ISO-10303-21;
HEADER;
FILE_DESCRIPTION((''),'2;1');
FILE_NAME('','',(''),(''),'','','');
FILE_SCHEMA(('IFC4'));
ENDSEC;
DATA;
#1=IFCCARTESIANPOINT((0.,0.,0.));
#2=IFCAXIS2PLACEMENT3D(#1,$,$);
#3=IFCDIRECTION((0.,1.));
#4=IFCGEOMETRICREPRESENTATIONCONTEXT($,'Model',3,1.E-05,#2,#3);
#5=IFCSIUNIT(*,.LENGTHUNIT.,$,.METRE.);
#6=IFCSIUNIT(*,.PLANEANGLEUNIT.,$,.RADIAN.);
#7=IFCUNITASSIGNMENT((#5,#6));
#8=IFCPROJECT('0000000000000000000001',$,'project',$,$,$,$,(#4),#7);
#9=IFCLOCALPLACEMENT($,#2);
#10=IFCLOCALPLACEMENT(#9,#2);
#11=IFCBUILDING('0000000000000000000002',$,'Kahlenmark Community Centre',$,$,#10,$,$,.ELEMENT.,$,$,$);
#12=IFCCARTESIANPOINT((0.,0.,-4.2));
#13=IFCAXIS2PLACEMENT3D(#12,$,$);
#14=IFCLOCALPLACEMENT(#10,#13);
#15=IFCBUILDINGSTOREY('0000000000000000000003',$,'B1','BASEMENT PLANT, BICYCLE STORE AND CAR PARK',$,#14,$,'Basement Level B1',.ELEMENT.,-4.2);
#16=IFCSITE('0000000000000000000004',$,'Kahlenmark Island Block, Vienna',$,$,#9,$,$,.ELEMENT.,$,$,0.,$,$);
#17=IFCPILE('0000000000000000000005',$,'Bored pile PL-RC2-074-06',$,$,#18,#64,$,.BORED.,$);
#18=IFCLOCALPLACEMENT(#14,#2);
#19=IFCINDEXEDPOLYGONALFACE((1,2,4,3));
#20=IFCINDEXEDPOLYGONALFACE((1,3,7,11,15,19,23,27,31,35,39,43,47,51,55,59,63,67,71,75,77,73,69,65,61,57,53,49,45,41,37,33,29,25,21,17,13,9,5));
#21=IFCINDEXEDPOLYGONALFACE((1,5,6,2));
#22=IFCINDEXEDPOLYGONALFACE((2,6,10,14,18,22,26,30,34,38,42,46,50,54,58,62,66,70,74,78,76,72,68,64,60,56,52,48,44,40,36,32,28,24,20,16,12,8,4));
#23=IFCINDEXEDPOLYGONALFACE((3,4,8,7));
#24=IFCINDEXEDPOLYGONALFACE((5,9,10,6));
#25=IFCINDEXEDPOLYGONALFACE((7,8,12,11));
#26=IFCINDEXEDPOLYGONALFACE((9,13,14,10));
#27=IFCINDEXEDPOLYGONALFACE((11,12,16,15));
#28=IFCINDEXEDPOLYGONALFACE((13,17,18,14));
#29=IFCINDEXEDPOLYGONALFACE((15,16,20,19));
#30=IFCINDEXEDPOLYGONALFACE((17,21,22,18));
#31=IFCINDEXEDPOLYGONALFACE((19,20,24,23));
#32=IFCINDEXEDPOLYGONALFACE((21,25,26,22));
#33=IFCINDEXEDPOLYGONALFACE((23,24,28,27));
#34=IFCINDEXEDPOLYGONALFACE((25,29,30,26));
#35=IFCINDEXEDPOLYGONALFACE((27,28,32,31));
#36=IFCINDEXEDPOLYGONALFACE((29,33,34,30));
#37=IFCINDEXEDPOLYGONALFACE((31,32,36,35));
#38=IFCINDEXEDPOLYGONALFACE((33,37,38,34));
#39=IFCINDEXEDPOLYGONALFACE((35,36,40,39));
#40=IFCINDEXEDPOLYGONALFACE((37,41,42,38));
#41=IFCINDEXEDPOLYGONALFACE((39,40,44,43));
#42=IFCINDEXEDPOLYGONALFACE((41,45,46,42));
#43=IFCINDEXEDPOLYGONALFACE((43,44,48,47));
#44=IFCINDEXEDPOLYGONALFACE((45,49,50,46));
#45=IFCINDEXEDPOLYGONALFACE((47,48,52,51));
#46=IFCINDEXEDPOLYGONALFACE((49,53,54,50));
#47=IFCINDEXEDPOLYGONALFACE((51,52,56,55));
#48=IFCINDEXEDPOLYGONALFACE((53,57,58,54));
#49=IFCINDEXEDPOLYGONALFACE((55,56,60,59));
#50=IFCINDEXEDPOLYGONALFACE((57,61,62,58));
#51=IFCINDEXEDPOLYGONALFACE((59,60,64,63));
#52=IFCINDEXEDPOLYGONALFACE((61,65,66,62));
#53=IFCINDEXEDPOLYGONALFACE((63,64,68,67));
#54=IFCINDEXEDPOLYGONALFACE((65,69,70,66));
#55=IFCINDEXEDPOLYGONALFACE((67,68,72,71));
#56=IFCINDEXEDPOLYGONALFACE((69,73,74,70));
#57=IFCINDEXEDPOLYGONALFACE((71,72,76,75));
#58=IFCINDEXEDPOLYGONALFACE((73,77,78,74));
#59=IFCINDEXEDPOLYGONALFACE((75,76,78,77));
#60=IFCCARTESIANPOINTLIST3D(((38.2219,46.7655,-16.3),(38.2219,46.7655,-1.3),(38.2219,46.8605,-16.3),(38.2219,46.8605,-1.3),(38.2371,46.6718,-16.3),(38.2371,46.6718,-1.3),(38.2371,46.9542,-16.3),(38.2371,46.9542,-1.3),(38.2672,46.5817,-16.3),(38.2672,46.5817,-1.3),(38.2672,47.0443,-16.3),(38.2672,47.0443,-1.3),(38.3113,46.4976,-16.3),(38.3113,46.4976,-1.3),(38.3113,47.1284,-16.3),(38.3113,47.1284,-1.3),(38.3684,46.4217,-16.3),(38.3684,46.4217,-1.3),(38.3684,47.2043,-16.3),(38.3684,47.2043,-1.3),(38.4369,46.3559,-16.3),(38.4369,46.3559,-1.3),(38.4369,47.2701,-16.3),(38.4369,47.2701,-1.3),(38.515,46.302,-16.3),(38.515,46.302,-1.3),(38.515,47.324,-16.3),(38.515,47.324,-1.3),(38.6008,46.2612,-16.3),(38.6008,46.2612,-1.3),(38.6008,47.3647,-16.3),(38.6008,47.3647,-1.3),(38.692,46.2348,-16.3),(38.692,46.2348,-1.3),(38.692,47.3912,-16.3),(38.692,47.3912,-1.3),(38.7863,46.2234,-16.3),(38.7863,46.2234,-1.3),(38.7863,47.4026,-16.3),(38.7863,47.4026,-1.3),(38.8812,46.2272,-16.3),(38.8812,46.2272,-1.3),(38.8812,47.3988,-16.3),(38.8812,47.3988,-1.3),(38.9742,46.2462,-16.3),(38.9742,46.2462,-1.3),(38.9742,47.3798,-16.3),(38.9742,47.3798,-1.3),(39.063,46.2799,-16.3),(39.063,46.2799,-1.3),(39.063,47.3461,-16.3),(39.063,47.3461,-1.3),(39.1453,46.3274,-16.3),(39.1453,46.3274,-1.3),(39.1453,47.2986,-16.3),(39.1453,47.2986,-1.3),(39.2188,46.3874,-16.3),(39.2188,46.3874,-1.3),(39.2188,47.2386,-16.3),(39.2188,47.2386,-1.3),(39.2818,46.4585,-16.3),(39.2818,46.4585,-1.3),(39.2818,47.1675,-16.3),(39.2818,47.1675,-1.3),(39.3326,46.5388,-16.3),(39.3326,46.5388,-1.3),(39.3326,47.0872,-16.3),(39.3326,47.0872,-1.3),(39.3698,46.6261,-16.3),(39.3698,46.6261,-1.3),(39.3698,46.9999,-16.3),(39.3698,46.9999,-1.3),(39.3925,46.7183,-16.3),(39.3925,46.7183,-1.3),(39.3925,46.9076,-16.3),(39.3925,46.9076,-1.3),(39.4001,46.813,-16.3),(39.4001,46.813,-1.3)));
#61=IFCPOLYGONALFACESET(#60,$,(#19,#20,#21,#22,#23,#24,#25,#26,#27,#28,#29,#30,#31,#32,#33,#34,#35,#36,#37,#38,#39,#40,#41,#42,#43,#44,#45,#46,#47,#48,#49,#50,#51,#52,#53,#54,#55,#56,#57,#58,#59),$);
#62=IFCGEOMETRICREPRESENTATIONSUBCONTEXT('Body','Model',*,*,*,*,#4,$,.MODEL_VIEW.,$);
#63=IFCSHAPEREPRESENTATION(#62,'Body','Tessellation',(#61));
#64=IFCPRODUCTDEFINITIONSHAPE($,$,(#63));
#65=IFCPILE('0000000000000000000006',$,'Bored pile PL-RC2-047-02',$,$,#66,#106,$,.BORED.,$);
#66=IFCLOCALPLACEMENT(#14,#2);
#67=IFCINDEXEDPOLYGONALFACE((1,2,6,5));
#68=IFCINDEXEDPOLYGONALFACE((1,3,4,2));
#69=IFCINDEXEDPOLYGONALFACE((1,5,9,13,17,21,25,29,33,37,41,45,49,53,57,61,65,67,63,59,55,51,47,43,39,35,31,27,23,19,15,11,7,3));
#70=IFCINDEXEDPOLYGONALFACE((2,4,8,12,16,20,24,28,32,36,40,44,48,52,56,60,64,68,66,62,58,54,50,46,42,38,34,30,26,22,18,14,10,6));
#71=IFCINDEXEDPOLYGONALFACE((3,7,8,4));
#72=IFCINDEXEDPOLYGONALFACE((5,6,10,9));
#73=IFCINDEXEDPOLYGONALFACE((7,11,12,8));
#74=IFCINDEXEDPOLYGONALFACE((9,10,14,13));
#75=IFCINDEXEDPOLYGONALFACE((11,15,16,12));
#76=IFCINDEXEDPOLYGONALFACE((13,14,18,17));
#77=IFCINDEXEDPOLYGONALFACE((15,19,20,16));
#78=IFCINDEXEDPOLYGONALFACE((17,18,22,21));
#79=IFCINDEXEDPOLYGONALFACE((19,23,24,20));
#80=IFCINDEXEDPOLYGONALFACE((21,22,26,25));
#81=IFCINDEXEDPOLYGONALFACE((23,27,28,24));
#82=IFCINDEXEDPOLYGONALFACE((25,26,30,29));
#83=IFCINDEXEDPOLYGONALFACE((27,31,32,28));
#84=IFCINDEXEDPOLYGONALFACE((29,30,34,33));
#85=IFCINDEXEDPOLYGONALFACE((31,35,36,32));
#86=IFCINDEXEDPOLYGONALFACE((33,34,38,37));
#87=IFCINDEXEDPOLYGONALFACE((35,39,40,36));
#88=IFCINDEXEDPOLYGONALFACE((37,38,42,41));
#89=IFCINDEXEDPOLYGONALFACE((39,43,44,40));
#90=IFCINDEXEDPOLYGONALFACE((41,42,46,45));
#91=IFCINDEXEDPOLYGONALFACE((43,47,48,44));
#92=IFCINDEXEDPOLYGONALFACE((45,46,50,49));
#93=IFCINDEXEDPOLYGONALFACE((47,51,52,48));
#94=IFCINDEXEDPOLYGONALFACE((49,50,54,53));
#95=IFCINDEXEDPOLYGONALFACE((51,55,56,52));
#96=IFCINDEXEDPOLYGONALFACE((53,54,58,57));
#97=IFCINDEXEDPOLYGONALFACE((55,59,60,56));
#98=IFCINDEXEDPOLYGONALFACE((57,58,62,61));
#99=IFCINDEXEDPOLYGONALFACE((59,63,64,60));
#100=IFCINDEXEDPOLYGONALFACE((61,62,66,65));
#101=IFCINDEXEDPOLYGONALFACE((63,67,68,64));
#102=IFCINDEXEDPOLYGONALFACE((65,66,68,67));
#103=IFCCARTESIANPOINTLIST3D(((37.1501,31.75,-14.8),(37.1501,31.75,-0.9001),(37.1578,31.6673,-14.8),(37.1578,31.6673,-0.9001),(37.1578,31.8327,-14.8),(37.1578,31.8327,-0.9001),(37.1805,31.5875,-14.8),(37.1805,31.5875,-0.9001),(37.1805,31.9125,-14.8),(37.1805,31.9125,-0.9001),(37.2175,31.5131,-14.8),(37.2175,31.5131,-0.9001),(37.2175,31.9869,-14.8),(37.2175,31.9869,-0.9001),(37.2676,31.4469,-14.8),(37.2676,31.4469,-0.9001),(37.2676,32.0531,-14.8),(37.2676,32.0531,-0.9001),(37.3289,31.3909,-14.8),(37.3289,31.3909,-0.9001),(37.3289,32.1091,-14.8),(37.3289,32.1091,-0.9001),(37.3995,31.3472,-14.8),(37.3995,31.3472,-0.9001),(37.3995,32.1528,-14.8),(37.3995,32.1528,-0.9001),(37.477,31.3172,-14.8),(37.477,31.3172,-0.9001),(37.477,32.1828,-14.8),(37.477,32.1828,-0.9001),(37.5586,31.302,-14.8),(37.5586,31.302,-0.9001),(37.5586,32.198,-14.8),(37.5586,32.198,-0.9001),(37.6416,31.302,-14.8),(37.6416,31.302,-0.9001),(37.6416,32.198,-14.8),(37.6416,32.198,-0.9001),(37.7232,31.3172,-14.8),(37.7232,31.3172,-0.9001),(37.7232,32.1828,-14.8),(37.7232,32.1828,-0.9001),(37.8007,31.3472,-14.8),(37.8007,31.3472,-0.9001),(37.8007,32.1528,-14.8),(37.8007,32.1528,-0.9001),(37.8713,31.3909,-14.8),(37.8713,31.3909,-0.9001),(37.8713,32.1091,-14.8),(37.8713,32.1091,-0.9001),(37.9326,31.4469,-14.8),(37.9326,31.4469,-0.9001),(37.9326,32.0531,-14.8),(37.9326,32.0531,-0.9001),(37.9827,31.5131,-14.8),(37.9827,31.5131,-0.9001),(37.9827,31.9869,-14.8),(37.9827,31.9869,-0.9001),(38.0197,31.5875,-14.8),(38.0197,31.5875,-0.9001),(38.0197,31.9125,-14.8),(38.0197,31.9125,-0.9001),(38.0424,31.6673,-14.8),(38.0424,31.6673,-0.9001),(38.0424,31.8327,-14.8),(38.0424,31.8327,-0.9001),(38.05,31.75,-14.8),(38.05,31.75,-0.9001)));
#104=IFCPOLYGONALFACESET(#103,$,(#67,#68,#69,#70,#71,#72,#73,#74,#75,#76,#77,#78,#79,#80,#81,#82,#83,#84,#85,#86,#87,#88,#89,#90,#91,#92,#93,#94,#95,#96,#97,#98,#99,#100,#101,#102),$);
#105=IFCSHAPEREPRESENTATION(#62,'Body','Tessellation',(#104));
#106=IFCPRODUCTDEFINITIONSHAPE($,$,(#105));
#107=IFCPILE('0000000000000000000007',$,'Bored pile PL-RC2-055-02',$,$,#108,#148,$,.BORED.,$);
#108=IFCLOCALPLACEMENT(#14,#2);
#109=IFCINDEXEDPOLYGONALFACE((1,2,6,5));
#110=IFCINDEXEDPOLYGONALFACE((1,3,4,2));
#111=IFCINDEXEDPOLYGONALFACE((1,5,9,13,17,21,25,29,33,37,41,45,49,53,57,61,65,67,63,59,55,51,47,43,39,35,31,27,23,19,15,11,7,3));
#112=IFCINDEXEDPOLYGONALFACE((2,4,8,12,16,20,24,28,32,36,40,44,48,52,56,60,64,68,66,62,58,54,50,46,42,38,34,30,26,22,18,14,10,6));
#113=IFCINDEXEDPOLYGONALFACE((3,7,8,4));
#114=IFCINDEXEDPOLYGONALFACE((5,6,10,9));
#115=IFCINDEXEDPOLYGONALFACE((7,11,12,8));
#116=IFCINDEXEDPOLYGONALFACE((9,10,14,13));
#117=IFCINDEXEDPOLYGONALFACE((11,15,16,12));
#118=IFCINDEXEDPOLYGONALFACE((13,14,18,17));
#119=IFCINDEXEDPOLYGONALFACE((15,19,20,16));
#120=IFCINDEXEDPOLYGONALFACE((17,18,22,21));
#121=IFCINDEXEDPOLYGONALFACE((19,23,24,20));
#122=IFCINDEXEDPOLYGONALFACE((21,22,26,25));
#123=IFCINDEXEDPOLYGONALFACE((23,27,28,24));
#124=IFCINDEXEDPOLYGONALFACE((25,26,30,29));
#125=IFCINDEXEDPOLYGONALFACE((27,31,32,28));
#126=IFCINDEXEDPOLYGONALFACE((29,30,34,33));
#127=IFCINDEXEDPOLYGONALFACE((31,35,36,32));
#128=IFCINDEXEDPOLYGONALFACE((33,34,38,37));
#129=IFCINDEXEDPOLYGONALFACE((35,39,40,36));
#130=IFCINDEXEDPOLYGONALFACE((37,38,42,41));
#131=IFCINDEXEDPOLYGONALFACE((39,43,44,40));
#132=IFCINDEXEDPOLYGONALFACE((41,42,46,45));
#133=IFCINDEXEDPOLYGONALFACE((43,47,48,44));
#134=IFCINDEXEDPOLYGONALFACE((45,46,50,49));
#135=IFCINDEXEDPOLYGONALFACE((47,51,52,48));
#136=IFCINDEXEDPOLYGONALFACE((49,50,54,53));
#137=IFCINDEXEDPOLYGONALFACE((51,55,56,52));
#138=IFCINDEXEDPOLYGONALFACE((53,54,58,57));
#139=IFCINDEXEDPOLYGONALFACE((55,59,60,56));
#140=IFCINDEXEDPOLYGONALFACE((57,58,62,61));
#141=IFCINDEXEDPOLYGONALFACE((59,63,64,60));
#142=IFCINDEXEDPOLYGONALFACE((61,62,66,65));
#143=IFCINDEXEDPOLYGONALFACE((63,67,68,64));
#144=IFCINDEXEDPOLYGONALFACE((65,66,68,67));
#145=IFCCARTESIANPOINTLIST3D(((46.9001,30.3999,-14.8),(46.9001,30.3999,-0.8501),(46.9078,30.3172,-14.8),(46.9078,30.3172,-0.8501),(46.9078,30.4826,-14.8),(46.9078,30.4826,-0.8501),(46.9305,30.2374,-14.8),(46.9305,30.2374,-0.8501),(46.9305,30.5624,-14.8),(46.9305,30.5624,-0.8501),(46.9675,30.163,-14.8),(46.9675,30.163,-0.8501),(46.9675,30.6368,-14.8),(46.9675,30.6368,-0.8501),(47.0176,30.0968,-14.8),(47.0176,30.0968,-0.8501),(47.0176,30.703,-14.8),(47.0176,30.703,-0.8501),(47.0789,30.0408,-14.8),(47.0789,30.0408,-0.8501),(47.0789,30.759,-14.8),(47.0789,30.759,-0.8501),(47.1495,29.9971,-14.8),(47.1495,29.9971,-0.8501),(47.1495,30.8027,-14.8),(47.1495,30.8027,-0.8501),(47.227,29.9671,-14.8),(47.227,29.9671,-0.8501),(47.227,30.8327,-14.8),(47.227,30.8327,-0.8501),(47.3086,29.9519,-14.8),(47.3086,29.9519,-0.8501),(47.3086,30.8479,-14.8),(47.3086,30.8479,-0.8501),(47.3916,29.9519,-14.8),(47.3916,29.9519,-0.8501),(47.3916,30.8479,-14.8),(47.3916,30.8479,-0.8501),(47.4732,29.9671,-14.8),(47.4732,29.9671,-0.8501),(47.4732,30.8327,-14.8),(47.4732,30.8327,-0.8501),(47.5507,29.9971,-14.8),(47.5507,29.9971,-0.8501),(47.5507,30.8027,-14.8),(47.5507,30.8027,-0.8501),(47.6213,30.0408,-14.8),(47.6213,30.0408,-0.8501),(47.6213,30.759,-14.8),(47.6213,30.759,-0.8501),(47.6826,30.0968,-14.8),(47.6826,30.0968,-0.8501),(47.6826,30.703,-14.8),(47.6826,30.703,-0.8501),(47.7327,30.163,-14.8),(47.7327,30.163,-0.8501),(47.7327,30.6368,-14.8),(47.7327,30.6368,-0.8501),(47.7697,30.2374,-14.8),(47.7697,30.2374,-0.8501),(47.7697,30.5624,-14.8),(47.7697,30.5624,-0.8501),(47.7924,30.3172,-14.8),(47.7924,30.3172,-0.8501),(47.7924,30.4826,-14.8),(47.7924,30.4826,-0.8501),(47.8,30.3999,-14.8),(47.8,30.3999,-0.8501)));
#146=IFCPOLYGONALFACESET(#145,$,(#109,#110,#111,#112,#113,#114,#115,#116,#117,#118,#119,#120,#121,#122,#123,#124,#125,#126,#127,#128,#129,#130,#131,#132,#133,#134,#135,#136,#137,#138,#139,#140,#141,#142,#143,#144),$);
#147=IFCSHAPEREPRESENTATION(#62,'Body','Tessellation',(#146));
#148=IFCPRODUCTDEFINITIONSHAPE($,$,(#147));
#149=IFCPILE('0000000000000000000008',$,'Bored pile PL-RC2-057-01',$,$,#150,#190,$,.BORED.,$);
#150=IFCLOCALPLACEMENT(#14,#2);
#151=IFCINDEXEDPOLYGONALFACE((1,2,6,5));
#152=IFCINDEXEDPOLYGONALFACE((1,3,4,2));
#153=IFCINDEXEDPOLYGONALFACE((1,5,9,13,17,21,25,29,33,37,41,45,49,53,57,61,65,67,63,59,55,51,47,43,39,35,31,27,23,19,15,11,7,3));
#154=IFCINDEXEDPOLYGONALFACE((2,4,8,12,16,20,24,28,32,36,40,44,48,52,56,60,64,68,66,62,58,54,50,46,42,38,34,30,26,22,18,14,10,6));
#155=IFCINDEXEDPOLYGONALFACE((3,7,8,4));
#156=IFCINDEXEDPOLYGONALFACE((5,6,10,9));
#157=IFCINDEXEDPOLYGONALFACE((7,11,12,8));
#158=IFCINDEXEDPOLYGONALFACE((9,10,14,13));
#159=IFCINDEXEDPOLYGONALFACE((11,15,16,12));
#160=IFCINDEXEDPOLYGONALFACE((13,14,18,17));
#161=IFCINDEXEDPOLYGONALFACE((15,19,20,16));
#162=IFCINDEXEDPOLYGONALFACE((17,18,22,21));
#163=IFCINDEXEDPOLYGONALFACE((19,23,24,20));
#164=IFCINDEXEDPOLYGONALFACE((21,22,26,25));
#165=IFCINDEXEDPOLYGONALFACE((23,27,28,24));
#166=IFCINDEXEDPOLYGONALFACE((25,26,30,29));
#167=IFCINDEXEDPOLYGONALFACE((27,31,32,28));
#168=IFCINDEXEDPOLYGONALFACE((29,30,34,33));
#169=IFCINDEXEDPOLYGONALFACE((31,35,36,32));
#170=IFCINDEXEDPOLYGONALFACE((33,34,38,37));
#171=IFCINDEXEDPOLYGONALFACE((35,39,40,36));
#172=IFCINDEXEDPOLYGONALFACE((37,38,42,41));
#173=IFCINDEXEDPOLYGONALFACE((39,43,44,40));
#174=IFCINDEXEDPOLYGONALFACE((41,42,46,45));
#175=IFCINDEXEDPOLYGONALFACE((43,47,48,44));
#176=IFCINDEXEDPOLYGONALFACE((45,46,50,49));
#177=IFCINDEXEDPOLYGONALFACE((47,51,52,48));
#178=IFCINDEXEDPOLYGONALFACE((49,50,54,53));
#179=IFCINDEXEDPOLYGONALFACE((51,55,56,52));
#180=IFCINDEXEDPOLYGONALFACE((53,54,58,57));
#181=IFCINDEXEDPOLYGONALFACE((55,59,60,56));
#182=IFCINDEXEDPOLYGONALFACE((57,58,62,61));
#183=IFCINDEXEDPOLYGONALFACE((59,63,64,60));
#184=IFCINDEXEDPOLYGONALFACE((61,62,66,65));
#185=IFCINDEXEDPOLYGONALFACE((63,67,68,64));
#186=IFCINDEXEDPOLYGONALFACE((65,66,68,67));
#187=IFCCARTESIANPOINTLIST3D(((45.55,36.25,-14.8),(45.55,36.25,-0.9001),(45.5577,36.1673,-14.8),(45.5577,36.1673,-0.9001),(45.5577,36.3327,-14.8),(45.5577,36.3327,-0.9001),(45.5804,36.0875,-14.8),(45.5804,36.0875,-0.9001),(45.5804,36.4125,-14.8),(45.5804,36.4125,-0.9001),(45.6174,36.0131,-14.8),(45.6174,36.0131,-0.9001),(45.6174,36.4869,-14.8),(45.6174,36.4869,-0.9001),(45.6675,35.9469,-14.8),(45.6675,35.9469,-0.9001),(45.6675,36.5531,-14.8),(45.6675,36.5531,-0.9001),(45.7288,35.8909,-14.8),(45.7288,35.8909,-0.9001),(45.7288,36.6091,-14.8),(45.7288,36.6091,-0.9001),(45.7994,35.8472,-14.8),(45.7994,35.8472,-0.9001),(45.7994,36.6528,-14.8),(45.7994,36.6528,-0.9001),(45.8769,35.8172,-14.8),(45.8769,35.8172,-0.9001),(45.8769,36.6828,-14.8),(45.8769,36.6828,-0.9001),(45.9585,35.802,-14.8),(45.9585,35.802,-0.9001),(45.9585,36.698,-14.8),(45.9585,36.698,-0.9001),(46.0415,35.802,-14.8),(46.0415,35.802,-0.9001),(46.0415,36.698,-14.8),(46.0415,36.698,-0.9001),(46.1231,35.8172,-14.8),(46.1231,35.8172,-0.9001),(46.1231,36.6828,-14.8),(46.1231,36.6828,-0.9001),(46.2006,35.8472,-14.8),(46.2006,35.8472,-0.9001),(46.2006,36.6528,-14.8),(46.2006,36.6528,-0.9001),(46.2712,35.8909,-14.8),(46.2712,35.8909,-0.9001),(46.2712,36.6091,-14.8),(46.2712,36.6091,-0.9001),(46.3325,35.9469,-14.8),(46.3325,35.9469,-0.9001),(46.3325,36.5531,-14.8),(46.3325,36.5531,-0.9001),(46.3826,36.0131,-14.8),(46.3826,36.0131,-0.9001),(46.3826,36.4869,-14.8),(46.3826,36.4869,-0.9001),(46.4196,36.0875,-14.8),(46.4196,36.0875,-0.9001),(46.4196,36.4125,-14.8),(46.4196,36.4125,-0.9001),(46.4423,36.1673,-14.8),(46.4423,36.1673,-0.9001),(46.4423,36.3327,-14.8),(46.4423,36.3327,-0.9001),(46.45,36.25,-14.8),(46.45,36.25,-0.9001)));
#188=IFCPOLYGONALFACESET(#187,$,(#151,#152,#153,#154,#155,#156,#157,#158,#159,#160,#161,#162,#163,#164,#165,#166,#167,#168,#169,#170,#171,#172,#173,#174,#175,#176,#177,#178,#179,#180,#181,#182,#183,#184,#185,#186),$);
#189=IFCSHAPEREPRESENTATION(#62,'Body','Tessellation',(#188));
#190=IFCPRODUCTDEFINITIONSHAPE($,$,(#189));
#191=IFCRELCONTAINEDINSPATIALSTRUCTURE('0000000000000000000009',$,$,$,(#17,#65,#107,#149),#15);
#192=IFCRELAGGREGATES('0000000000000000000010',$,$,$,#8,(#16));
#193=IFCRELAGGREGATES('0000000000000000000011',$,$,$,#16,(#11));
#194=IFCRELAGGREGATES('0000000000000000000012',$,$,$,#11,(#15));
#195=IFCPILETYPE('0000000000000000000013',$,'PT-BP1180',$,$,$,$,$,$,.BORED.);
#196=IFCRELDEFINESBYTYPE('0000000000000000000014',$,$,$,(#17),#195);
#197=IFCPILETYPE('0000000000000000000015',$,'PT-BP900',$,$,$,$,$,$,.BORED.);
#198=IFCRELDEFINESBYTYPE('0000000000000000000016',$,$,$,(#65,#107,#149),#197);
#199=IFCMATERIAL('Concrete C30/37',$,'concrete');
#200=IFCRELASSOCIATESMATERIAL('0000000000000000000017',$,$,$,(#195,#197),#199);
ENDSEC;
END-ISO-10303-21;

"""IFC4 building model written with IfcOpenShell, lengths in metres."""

from ifc_helpers import new_model, si_unit, direction, frame, origin, origin_2d, place, context, subcontext, project, spatial, circle, extrude, material, material_profile, profile_set, type_object, element, save


model = new_model("IFC4")

# Units and contexts
model_context = context("Model", 3, precision=1e-05, world=origin(), true_north=direction((0.0, 1.0)))
body_context = subcontext(model_context, "Body", "Model", "MODEL_VIEW")
ifc_project = project(units=[si_unit("LENGTHUNIT", "METRE"), si_unit("PLANEANGLEUNIT", "RADIAN")], contexts=[model_context])

# Site, building, storey
site_placement = place(None, origin())
site = spatial("IfcSite", under=ifc_project, at=site_placement, Name="Kahlenmark Island Block, Vienna", CompositionType="ELEMENT", RefElevation=0.0)
building_placement = place(site_placement, origin())
building = spatial("IfcBuilding", under=site, at=building_placement, Name="Kahlenmark Community Centre", CompositionType="ELEMENT")
storey_placement = place(building_placement, frame((0.0, 0.0, -4.2)))
storey = spatial("IfcBuildingStorey", under=building, at=storey_placement, Name="B1", Description="BASEMENT PLANT, BICYCLE STORE AND CAR PARK", LongName="Basement Level B1", CompositionType="ELEMENT", Elevation=-4.2)

# Shared definitions
ifc_material_1 = material(Name="Concrete C30/37", Category="concrete")

# Piles
ifc_material_profile_1 = material_profile(ifc_material_1, circle(Radius=0.5901, at=origin_2d()), Name="BORED PILE 1180")
ifc_profile_set_1 = profile_set([ifc_material_profile_1], Name="Concrete C30/37")
pile_type_1 = type_object("IfcPileType", Name="PT-BP1180", PredefinedType="BORED", material=ifc_profile_set_1)
for number, where, z_axis, x_axis, name in (
    (1, (38.8101, 46.813, -1.3), (0.0, 0.0, -1.0), (1.0, 0.0, 0.0), "Bored pile PL-RC2-074-06"),
):
    element("IfcPile", number, at=place(storey_placement, frame(where, z_axis=z_axis, x_axis=x_axis)), inside=storey, type_object=pile_type_1, Name=name, PredefinedType="BORED", context=body_context, shape_type="SweptSolid", body=[
        extrude(circle(Radius=0.5901, at=origin_2d()), origin(), (0.0, 0.0, 1.0), 15.0),
    ])
ifc_material_profile_2 = material_profile(ifc_material_1, circle(Radius=0.45, at=origin_2d()), Name="BORED PILE 900")
ifc_profile_set_2 = profile_set([ifc_material_profile_2], Name="Concrete C30/37")
pile_type_2 = type_object("IfcPileType", Name="PT-BP900", PredefinedType="BORED", material=ifc_profile_set_2)
pile_1_placement = place(storey_placement, frame((37.6001, 31.75, -0.9001), z_axis=(0.0, 0.0, -1.0), x_axis=(1.0, 0.0, 0.0)))
element("IfcPile", 2, at=pile_1_placement, inside=storey, type_object=pile_type_2, Name="Bored pile PL-RC2-047-02", PredefinedType="BORED", context=body_context, shape_type="SweptSolid", body=[
    extrude(circle(Radius=0.45, at=origin_2d()), origin(), (0.0, 0.0, 1.0), 13.8999),
])
pile_2_placement = place(storey_placement, frame((47.3501, 30.3999, -0.8501), z_axis=(0.0, 0.0, -1.0), x_axis=(1.0, 0.0, 0.0)))
element("IfcPile", 3, at=pile_2_placement, inside=storey, type_object=pile_type_2, Name="Bored pile PL-RC2-055-02", PredefinedType="BORED", context=body_context, shape_type="SweptSolid", body=[
    extrude(circle(Radius=0.45, at=origin_2d()), origin(), (0.0, 0.0, 1.0), 13.95),
])
for number, where, z_axis, x_axis, name in (
    (4, (46.0, 36.25, -0.9001), (0.0, 0.0, -1.0), (1.0, 0.0, 0.0), "Bored pile PL-RC2-057-01"),
):
    element("IfcPile", number, at=place(storey_placement, frame(where, z_axis=z_axis, x_axis=x_axis)), inside=storey, type_object=pile_type_2, Name=name, PredefinedType="BORED", context=body_context, shape_type="SweptSolid", body=[
        extrude(circle(Radius=0.45, at=origin_2d()), origin(), (0.0, 0.0, 1.0), 13.8999),
    ])

save(model, "model.ifc")
